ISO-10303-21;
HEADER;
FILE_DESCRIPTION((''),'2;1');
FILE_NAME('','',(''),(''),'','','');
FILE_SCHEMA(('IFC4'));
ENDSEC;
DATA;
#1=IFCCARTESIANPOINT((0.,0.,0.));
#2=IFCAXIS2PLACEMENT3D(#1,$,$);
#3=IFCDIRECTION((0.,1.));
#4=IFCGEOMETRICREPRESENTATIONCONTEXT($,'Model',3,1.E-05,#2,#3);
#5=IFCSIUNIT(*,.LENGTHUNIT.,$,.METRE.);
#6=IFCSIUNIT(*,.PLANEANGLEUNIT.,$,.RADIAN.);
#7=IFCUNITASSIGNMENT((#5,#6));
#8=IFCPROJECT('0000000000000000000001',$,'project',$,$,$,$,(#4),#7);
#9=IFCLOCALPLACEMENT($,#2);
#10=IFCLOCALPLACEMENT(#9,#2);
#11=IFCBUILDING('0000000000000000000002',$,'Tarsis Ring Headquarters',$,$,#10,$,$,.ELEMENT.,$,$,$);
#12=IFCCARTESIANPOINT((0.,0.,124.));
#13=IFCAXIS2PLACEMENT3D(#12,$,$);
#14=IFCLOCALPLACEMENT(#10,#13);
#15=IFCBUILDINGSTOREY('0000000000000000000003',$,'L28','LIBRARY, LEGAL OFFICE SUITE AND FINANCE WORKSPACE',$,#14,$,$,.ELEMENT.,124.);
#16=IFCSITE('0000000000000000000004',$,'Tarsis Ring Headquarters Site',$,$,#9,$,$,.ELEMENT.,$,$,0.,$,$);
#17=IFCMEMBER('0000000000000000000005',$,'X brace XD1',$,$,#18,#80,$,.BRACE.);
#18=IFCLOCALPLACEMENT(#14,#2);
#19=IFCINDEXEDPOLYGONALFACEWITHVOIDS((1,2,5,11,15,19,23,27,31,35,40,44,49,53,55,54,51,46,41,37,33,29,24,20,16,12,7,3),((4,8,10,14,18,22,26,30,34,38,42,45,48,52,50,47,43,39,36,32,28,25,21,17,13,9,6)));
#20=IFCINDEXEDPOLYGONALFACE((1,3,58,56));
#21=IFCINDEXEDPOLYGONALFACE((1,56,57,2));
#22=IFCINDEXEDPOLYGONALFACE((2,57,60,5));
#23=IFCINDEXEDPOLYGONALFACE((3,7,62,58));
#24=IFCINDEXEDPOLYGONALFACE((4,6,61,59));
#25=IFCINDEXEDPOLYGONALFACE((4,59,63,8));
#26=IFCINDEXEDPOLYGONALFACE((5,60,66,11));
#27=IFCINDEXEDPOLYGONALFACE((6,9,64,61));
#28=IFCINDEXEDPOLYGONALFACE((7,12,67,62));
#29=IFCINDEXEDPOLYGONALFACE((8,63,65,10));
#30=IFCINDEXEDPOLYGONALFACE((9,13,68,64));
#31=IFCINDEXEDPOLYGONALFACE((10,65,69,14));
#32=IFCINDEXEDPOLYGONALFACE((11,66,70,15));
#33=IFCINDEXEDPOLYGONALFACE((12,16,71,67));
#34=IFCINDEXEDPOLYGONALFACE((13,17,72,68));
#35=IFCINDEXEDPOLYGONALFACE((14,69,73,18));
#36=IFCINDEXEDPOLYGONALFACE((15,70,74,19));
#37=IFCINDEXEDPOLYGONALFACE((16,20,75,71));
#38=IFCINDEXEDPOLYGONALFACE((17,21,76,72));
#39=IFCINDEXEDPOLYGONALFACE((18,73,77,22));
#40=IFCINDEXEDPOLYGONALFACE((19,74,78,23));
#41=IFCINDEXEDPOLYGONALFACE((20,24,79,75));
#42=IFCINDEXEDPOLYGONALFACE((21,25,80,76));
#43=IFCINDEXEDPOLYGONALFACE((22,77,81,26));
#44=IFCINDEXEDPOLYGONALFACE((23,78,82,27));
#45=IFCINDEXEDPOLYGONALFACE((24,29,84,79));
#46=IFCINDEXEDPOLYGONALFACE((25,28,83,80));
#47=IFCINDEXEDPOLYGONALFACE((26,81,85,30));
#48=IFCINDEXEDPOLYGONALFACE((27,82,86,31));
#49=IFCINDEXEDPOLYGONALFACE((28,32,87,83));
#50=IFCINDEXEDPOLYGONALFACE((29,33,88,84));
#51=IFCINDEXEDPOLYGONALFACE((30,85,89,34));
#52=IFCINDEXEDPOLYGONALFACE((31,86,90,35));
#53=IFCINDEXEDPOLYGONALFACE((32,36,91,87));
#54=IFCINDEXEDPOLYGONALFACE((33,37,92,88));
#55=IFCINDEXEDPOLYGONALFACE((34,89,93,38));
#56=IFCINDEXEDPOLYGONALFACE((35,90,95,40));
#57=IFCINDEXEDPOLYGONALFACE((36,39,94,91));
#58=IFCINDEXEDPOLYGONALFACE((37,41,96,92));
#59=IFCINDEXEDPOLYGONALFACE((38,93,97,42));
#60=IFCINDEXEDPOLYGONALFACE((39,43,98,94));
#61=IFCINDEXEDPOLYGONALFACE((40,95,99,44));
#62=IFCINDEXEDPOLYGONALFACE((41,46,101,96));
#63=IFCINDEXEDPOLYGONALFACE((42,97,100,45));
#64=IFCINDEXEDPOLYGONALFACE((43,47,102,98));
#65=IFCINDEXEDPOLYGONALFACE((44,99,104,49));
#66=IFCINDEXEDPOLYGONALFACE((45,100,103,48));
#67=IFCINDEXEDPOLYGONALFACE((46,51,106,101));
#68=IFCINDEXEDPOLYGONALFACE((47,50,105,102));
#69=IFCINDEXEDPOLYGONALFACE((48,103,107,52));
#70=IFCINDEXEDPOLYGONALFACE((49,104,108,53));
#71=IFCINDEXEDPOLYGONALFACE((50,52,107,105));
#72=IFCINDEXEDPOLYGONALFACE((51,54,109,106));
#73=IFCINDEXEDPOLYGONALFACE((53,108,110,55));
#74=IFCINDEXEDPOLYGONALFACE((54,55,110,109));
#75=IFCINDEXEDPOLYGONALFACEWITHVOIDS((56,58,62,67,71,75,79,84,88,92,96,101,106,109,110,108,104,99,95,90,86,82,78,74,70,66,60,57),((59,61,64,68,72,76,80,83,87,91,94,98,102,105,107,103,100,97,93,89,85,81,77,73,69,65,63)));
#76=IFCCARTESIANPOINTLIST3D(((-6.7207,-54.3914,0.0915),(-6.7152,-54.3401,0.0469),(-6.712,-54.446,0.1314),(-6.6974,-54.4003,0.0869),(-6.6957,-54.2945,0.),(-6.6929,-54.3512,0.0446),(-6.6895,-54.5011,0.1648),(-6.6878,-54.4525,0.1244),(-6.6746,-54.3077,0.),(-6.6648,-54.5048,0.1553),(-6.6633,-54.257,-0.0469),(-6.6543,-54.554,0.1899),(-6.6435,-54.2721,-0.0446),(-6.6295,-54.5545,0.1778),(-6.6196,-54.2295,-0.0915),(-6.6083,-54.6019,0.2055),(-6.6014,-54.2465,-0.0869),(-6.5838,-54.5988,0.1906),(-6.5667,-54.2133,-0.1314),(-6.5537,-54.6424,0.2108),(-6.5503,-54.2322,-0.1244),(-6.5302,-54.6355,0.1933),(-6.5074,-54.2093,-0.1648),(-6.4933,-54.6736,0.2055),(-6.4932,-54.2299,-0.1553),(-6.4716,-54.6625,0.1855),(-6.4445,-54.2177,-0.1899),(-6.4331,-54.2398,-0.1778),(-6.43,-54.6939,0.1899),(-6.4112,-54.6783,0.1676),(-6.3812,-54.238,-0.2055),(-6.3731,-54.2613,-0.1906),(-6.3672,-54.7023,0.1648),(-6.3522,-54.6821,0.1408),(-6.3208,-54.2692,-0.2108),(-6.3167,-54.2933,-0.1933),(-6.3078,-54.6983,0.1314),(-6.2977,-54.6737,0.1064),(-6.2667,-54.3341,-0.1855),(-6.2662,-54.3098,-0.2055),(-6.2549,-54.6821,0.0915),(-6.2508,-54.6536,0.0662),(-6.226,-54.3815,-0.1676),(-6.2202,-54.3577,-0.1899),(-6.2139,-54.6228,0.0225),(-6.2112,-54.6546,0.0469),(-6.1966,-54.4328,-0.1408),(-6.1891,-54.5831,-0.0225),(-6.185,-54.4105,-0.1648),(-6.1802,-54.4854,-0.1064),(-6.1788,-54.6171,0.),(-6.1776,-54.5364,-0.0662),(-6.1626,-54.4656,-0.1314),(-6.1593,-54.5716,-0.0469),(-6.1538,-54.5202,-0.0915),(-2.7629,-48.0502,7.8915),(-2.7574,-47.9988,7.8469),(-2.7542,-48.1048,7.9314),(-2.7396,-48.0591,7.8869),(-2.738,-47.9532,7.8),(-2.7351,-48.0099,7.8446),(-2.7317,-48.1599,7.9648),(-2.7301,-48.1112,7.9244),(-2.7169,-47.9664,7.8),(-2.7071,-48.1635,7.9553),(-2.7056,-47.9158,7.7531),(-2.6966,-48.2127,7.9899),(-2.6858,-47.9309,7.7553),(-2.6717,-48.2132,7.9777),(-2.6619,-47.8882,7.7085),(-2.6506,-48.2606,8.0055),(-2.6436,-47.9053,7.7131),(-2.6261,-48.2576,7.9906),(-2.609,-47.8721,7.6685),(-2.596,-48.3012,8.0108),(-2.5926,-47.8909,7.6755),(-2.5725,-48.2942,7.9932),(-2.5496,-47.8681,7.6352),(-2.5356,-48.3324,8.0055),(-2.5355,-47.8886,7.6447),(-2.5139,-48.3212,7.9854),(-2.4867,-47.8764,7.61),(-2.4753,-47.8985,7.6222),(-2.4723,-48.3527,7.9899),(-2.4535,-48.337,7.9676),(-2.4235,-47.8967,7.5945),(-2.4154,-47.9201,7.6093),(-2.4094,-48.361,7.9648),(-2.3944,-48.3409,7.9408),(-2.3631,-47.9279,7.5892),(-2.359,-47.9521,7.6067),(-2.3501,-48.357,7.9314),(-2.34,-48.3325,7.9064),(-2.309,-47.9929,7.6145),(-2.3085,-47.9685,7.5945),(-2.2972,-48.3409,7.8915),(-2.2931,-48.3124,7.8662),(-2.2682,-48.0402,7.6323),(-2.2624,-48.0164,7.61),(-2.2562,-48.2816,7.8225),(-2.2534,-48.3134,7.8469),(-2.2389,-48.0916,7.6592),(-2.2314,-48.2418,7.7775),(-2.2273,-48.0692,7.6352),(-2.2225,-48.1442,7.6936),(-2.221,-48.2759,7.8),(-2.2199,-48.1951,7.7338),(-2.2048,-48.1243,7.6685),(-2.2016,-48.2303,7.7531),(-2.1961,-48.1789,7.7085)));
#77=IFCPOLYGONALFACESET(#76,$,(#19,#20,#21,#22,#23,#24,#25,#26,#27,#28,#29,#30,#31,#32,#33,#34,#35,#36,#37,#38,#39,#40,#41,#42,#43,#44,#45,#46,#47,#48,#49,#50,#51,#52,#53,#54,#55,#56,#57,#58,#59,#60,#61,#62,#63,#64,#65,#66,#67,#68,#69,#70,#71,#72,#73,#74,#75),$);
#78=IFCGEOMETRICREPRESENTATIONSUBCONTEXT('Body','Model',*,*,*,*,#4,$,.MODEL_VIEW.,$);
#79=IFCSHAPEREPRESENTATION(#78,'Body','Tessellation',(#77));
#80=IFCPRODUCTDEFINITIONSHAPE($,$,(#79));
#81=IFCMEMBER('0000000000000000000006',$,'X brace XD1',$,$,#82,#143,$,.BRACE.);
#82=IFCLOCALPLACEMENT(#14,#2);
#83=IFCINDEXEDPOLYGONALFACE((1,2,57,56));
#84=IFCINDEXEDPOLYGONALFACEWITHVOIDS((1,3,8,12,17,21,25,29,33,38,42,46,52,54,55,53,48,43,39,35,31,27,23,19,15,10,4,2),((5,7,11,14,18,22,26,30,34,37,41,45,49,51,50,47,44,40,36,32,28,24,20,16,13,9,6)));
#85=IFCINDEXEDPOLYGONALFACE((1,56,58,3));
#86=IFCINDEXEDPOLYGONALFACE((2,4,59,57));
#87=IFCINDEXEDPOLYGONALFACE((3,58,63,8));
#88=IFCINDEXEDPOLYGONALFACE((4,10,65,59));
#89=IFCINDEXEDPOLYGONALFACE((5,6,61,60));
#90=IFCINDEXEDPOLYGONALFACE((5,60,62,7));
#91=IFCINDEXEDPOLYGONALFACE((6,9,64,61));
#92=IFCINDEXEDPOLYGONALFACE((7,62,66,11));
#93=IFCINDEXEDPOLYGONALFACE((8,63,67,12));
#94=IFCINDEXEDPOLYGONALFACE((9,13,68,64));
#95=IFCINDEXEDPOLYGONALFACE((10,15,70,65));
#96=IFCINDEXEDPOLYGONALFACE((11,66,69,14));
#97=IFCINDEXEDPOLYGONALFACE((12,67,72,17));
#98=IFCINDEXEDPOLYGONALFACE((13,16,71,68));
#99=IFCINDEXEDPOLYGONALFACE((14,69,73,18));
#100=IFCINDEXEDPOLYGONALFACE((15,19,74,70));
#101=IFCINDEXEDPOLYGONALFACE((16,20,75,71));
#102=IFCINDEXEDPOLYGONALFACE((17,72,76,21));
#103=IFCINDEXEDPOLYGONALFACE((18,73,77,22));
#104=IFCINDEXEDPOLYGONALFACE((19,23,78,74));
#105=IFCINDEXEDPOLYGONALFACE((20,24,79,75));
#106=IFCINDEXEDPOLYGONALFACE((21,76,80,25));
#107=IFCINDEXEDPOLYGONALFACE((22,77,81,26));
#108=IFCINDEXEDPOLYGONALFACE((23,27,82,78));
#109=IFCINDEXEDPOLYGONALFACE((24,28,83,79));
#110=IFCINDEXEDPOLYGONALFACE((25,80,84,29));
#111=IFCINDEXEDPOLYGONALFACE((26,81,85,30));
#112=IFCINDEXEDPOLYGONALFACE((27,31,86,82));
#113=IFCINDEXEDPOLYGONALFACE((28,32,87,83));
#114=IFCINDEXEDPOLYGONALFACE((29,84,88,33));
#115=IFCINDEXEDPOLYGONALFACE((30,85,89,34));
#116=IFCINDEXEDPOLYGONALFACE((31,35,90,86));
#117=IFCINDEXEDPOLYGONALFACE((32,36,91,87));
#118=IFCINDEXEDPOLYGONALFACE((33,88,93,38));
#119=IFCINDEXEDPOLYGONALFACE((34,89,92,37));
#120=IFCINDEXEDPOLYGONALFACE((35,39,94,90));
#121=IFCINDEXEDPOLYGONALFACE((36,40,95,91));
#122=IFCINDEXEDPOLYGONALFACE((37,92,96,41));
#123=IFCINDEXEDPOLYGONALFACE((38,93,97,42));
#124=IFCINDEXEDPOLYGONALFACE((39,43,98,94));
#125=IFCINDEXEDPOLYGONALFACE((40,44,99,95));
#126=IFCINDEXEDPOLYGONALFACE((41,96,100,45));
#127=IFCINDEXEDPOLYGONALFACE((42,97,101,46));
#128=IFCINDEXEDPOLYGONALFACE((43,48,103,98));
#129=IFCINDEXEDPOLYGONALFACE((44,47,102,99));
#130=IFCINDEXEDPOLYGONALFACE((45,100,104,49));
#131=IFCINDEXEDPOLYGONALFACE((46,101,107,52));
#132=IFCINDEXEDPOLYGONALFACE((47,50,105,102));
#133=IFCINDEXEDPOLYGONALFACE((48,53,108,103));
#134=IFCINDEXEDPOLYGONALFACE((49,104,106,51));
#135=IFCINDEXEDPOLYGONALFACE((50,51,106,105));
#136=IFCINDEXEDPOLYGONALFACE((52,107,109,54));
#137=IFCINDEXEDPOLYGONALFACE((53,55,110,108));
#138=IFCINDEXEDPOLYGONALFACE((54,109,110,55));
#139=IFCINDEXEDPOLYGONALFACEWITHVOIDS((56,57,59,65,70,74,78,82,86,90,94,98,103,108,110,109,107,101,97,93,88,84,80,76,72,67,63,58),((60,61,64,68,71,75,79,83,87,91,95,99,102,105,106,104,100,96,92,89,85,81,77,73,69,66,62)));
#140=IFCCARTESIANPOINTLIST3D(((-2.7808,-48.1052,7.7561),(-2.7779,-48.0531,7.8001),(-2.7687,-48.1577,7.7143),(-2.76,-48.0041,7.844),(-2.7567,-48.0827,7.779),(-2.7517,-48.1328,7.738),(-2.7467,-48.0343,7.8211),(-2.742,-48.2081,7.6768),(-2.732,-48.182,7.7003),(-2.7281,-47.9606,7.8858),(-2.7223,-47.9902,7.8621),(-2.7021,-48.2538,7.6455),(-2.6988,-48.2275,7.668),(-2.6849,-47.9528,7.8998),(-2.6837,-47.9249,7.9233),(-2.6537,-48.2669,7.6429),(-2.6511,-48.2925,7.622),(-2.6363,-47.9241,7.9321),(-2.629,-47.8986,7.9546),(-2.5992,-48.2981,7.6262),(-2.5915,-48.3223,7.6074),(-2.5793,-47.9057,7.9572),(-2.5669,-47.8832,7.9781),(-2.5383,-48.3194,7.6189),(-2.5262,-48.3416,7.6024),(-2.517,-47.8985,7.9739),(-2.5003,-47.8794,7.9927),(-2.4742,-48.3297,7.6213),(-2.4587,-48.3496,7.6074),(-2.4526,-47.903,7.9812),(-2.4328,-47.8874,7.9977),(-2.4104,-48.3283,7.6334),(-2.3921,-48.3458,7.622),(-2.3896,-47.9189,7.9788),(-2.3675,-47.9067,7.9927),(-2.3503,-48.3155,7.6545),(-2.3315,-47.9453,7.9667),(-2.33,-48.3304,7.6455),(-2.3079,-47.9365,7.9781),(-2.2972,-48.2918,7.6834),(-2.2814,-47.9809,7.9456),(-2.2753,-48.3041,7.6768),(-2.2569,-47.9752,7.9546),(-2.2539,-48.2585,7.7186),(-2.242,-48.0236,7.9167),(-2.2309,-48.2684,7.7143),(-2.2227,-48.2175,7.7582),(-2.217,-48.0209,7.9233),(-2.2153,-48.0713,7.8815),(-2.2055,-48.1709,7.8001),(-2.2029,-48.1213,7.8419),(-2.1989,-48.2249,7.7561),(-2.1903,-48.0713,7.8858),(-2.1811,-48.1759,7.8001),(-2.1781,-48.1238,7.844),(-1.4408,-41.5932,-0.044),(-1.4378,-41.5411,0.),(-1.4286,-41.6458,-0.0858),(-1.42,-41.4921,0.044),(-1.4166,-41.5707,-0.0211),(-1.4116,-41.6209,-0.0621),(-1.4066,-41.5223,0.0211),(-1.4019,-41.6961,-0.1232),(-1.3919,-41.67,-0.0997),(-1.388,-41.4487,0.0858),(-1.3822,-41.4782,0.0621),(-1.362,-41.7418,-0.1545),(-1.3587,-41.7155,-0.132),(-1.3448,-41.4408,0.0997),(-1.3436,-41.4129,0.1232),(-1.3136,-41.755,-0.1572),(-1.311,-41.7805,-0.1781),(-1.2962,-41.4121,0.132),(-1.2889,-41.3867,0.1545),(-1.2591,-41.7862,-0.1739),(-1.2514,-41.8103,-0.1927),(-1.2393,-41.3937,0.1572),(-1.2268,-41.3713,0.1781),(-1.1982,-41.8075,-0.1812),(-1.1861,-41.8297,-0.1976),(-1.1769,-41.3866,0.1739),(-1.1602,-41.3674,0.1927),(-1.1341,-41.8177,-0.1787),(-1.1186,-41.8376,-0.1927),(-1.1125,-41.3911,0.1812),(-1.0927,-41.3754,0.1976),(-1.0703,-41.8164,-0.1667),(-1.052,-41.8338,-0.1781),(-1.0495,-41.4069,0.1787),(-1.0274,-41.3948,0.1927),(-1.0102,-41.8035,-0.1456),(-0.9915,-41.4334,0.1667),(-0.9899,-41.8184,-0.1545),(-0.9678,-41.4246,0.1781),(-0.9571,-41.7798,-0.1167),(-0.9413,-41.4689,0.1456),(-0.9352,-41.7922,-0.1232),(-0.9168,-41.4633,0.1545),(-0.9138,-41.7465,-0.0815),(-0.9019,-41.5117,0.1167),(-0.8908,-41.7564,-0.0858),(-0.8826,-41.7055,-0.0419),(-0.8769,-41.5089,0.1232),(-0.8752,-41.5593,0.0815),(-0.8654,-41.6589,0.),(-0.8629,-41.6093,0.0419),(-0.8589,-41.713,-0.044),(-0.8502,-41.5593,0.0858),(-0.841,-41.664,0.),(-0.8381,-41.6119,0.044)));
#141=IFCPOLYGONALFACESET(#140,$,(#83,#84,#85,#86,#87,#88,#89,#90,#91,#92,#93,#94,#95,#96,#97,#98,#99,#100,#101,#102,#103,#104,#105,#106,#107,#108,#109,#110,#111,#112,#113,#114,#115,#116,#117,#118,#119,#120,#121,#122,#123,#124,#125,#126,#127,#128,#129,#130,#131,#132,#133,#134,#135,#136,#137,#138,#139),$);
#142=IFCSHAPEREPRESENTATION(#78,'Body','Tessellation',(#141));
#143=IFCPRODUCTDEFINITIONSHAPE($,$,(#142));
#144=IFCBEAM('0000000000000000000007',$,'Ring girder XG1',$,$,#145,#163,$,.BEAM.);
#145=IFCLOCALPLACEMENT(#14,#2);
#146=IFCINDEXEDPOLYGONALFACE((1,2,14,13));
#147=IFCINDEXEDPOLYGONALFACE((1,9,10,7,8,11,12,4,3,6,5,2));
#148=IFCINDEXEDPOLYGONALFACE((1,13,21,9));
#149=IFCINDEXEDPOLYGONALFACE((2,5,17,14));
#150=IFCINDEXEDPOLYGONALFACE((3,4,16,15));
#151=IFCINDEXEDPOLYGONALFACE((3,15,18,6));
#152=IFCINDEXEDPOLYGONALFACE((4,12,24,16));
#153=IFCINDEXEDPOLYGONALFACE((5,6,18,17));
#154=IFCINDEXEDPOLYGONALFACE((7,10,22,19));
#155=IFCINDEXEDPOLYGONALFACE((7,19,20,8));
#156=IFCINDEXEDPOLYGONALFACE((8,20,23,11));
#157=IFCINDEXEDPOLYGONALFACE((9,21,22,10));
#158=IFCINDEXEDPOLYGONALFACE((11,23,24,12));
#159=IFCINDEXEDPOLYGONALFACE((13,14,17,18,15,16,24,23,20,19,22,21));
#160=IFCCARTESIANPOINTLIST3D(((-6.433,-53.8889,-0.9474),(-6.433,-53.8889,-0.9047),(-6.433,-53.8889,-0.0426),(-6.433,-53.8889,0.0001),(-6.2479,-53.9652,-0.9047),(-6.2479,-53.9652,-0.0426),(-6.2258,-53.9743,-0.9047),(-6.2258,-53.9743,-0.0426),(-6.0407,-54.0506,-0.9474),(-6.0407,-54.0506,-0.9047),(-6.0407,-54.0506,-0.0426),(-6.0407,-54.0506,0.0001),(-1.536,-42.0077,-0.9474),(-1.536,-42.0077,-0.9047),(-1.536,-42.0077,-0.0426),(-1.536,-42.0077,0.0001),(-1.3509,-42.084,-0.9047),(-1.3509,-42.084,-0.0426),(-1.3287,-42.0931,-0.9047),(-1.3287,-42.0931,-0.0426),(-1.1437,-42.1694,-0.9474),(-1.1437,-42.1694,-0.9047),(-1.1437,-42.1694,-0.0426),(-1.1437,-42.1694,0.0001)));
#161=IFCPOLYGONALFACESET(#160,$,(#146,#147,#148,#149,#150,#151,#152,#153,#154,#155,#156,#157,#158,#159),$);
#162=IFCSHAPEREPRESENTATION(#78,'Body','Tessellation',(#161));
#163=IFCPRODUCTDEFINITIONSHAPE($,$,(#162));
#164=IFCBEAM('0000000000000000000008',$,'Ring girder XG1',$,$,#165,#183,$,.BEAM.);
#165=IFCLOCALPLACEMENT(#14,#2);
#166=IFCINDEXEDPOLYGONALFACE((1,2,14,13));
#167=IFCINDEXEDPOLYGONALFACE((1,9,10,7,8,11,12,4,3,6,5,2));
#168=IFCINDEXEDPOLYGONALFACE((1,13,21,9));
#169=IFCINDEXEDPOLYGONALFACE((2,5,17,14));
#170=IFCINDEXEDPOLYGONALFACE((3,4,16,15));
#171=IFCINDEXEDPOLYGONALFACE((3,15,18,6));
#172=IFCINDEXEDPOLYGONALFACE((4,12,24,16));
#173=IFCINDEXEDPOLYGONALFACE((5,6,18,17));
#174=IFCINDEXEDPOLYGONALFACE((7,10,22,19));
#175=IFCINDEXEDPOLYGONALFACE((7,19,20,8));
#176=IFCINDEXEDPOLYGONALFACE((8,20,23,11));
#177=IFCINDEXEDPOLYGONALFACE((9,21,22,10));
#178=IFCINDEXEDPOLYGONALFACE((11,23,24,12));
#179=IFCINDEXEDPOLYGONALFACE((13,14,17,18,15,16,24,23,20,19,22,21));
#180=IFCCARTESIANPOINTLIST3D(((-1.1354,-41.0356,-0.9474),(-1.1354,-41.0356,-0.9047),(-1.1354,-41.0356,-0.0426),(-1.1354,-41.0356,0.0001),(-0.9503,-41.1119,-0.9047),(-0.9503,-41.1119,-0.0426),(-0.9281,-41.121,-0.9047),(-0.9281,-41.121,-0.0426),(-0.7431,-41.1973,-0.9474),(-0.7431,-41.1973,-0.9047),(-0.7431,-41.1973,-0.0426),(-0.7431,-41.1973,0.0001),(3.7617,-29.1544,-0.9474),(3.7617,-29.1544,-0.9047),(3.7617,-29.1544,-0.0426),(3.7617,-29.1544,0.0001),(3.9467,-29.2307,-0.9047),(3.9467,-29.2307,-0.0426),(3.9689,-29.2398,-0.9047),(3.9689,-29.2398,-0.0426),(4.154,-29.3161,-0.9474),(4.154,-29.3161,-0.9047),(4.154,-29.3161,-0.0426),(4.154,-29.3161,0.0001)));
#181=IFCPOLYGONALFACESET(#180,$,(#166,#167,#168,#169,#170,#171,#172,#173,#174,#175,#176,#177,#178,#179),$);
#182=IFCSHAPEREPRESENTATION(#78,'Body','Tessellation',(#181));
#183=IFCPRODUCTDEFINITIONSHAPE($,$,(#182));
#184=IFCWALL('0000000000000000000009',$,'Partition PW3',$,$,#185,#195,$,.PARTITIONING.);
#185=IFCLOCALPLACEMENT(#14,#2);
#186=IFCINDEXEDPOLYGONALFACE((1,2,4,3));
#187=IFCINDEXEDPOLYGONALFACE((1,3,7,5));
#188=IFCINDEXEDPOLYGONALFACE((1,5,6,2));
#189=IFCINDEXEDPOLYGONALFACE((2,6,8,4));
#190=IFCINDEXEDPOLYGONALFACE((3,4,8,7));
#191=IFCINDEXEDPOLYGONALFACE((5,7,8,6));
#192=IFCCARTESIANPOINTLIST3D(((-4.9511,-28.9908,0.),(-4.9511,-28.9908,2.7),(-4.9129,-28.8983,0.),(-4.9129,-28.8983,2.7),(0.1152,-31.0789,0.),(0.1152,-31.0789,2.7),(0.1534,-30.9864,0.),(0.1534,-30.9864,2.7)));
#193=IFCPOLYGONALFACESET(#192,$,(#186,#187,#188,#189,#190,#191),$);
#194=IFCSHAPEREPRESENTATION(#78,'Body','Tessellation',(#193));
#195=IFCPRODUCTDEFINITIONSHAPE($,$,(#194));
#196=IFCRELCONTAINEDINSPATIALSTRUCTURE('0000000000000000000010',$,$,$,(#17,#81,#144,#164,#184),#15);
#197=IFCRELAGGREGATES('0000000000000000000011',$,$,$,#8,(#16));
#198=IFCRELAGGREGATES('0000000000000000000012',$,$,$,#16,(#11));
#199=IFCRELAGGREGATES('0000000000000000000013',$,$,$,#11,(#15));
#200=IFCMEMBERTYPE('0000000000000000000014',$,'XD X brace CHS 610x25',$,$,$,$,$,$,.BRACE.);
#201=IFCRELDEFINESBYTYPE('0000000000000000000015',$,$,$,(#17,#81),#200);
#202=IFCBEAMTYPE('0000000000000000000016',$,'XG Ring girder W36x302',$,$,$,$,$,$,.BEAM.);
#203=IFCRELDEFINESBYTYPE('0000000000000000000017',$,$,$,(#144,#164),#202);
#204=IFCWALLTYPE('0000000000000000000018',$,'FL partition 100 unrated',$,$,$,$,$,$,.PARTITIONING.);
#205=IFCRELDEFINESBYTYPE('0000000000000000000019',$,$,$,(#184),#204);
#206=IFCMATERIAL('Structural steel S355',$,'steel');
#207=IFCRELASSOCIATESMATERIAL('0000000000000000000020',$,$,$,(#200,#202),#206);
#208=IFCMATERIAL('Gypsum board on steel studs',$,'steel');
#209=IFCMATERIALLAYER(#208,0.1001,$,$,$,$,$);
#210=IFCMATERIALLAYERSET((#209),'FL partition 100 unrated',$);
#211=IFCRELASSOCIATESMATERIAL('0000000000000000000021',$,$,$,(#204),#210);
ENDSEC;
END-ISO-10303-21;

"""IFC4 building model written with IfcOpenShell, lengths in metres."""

from ifc_helpers import new_model, si_unit, direction, frame, frame_2d, origin, origin_2d, place, context, subcontext, project, spatial, rectangle, hollow_circle, i_section, extrude, material, layer, layer_set, material_profile, profile_set, type_object, element, save


model = new_model("IFC4")

# Units and contexts
model_context = context("Model", 3, precision=1e-05, world=origin(), true_north=direction((0.0, 1.0)))
body_context = subcontext(model_context, "Body", "Model", "MODEL_VIEW")
ifc_project = project(units=[si_unit("LENGTHUNIT", "METRE"), si_unit("PLANEANGLEUNIT", "RADIAN")], contexts=[model_context])

# Site, building, storey
site_placement = place(None, origin())
site = spatial("IfcSite", under=ifc_project, at=site_placement, Name="Tarsis Ring Headquarters Site", CompositionType="ELEMENT", RefElevation=0.0)
building_placement = place(site_placement, origin())
building = spatial("IfcBuilding", under=site, at=building_placement, Name="Tarsis Ring Headquarters", CompositionType="ELEMENT")
storey_placement = place(building_placement, frame((0.0, 0.0, 124.0)))
storey = spatial("IfcBuildingStorey", under=building, at=storey_placement, Name="L28", Description="LIBRARY, LEGAL OFFICE SUITE AND FINANCE WORKSPACE", CompositionType="ELEMENT", Elevation=124.0)

# Shared definitions
ifc_material_1 = material(Name="Structural steel S355", Category="steel")

# Members
ifc_material_profile_1 = material_profile(ifc_material_1, hollow_circle(Radius=0.3047, WallThickness=0.0249, at=origin_2d()), Name="CHS 610x25")
ifc_profile_set_1 = profile_set([ifc_material_profile_1], Name="Structural steel S355")
member_type = type_object("IfcMemberType", Name="XD X brace CHS 610x25", PredefinedType="BRACE", material=ifc_profile_set_1)
member_1_placement = place(storey_placement, frame((-6.4373, -54.4558, 0.0), z_axis=(0.366339, 0.586965, 0.721989), x_axis=(-0.848332, 0.529465, 0.0)))
element("IfcMember", 1, at=member_1_placement, inside=storey, type_object=member_type, Name="X brace XD1", PredefinedType="BRACE", context=body_context, shape_type="SweptSolid", body=[
    extrude(hollow_circle(Radius=0.3047, WallThickness=0.0249, at=origin_2d()), origin(), (0.0, 0.0, 1.0), 10.8035),
])
member_2_placement = place(storey_placement, frame((-1.1394, -41.6025, 0.0), z_axis=(-0.130753, -0.635375, 0.761054), x_axis=(0.979475, -0.201565, 0.0)))
element("IfcMember", 2, at=member_2_placement, inside=storey, type_object=member_type, Name="X brace XD1", PredefinedType="BRACE", context=body_context, shape_type="SweptSolid", body=[
    extrude(hollow_circle(Radius=0.3047, WallThickness=0.0249, at=origin_2d()), origin(), (0.0, 0.0, 1.0), 10.249),
])

# Beams
ifc_material_profile_2 = material_profile(ifc_material_1, i_section(OverallWidth=0.4243, OverallDepth=0.9475, WebThickness=0.0239, FlangeThickness=0.0427, at=origin_2d()), Name="W36x302")
ifc_profile_set_2 = profile_set([ifc_material_profile_2], Name="Structural steel S355")
beam_type = type_object("IfcBeamType", Name="XG Ring girder W36x302", PredefinedType="BEAM", material=ifc_profile_set_2)
for number, where, z_axis, x_axis, name in (
    (3, (-6.2368, -53.9697, -0.4736), (0.381066, 0.924548, 0.0), (-0.924548, 0.381066, 0.0), "Ring girder XG1"),
    (4, (-0.9392, -41.1165, -0.4736), (0.381066, 0.924548, 0.0), (-0.924548, 0.381066, 0.0), "Ring girder XG1"),
):
    element("IfcBeam", number, at=place(storey_placement, frame(where, z_axis=z_axis, x_axis=x_axis)), inside=storey, type_object=beam_type, Name=name, PredefinedType="BEAM", context=body_context, shape_type="SweptSolid", body=[
        extrude(i_section(OverallWidth=0.4243, OverallDepth=0.9475, WebThickness=0.0239, FlangeThickness=0.0427, at=origin_2d()), origin(), (0.0, 0.0, 1.0), 12.8508),
    ])

# Wall
ifc_material_2 = material(Name="Gypsum board on steel studs", Category="steel")
ifc_layer_1 = layer(ifc_material_2, 0.1001)
ifc_layer_set_1 = layer_set([ifc_layer_1], Name="FL partition 100 unrated")
wall_type_1 = type_object("IfcWallType", Name="FL partition 100 unrated", PredefinedType="PARTITIONING", material=ifc_layer_set_1)
wall_1_placement = place(storey_placement, frame((-4.9319, -28.9446, 0.0), z_axis=(0.0, 0.0, 1.0), x_axis=(0.924552, -0.381057, 0.0)))
element("IfcWall", 5, at=wall_1_placement, inside=storey, type_object=wall_type_1, Name="Partition PW3", PredefinedType="PARTITIONING", context=body_context, shape_type="SweptSolid", body=[
    extrude(rectangle(XDim=5.4797, YDim=0.1001, at=frame_2d((2.7397, 0.0))), origin(), (0.0, 0.0, 1.0), 2.7),
])

save(model, "model.ifc")
